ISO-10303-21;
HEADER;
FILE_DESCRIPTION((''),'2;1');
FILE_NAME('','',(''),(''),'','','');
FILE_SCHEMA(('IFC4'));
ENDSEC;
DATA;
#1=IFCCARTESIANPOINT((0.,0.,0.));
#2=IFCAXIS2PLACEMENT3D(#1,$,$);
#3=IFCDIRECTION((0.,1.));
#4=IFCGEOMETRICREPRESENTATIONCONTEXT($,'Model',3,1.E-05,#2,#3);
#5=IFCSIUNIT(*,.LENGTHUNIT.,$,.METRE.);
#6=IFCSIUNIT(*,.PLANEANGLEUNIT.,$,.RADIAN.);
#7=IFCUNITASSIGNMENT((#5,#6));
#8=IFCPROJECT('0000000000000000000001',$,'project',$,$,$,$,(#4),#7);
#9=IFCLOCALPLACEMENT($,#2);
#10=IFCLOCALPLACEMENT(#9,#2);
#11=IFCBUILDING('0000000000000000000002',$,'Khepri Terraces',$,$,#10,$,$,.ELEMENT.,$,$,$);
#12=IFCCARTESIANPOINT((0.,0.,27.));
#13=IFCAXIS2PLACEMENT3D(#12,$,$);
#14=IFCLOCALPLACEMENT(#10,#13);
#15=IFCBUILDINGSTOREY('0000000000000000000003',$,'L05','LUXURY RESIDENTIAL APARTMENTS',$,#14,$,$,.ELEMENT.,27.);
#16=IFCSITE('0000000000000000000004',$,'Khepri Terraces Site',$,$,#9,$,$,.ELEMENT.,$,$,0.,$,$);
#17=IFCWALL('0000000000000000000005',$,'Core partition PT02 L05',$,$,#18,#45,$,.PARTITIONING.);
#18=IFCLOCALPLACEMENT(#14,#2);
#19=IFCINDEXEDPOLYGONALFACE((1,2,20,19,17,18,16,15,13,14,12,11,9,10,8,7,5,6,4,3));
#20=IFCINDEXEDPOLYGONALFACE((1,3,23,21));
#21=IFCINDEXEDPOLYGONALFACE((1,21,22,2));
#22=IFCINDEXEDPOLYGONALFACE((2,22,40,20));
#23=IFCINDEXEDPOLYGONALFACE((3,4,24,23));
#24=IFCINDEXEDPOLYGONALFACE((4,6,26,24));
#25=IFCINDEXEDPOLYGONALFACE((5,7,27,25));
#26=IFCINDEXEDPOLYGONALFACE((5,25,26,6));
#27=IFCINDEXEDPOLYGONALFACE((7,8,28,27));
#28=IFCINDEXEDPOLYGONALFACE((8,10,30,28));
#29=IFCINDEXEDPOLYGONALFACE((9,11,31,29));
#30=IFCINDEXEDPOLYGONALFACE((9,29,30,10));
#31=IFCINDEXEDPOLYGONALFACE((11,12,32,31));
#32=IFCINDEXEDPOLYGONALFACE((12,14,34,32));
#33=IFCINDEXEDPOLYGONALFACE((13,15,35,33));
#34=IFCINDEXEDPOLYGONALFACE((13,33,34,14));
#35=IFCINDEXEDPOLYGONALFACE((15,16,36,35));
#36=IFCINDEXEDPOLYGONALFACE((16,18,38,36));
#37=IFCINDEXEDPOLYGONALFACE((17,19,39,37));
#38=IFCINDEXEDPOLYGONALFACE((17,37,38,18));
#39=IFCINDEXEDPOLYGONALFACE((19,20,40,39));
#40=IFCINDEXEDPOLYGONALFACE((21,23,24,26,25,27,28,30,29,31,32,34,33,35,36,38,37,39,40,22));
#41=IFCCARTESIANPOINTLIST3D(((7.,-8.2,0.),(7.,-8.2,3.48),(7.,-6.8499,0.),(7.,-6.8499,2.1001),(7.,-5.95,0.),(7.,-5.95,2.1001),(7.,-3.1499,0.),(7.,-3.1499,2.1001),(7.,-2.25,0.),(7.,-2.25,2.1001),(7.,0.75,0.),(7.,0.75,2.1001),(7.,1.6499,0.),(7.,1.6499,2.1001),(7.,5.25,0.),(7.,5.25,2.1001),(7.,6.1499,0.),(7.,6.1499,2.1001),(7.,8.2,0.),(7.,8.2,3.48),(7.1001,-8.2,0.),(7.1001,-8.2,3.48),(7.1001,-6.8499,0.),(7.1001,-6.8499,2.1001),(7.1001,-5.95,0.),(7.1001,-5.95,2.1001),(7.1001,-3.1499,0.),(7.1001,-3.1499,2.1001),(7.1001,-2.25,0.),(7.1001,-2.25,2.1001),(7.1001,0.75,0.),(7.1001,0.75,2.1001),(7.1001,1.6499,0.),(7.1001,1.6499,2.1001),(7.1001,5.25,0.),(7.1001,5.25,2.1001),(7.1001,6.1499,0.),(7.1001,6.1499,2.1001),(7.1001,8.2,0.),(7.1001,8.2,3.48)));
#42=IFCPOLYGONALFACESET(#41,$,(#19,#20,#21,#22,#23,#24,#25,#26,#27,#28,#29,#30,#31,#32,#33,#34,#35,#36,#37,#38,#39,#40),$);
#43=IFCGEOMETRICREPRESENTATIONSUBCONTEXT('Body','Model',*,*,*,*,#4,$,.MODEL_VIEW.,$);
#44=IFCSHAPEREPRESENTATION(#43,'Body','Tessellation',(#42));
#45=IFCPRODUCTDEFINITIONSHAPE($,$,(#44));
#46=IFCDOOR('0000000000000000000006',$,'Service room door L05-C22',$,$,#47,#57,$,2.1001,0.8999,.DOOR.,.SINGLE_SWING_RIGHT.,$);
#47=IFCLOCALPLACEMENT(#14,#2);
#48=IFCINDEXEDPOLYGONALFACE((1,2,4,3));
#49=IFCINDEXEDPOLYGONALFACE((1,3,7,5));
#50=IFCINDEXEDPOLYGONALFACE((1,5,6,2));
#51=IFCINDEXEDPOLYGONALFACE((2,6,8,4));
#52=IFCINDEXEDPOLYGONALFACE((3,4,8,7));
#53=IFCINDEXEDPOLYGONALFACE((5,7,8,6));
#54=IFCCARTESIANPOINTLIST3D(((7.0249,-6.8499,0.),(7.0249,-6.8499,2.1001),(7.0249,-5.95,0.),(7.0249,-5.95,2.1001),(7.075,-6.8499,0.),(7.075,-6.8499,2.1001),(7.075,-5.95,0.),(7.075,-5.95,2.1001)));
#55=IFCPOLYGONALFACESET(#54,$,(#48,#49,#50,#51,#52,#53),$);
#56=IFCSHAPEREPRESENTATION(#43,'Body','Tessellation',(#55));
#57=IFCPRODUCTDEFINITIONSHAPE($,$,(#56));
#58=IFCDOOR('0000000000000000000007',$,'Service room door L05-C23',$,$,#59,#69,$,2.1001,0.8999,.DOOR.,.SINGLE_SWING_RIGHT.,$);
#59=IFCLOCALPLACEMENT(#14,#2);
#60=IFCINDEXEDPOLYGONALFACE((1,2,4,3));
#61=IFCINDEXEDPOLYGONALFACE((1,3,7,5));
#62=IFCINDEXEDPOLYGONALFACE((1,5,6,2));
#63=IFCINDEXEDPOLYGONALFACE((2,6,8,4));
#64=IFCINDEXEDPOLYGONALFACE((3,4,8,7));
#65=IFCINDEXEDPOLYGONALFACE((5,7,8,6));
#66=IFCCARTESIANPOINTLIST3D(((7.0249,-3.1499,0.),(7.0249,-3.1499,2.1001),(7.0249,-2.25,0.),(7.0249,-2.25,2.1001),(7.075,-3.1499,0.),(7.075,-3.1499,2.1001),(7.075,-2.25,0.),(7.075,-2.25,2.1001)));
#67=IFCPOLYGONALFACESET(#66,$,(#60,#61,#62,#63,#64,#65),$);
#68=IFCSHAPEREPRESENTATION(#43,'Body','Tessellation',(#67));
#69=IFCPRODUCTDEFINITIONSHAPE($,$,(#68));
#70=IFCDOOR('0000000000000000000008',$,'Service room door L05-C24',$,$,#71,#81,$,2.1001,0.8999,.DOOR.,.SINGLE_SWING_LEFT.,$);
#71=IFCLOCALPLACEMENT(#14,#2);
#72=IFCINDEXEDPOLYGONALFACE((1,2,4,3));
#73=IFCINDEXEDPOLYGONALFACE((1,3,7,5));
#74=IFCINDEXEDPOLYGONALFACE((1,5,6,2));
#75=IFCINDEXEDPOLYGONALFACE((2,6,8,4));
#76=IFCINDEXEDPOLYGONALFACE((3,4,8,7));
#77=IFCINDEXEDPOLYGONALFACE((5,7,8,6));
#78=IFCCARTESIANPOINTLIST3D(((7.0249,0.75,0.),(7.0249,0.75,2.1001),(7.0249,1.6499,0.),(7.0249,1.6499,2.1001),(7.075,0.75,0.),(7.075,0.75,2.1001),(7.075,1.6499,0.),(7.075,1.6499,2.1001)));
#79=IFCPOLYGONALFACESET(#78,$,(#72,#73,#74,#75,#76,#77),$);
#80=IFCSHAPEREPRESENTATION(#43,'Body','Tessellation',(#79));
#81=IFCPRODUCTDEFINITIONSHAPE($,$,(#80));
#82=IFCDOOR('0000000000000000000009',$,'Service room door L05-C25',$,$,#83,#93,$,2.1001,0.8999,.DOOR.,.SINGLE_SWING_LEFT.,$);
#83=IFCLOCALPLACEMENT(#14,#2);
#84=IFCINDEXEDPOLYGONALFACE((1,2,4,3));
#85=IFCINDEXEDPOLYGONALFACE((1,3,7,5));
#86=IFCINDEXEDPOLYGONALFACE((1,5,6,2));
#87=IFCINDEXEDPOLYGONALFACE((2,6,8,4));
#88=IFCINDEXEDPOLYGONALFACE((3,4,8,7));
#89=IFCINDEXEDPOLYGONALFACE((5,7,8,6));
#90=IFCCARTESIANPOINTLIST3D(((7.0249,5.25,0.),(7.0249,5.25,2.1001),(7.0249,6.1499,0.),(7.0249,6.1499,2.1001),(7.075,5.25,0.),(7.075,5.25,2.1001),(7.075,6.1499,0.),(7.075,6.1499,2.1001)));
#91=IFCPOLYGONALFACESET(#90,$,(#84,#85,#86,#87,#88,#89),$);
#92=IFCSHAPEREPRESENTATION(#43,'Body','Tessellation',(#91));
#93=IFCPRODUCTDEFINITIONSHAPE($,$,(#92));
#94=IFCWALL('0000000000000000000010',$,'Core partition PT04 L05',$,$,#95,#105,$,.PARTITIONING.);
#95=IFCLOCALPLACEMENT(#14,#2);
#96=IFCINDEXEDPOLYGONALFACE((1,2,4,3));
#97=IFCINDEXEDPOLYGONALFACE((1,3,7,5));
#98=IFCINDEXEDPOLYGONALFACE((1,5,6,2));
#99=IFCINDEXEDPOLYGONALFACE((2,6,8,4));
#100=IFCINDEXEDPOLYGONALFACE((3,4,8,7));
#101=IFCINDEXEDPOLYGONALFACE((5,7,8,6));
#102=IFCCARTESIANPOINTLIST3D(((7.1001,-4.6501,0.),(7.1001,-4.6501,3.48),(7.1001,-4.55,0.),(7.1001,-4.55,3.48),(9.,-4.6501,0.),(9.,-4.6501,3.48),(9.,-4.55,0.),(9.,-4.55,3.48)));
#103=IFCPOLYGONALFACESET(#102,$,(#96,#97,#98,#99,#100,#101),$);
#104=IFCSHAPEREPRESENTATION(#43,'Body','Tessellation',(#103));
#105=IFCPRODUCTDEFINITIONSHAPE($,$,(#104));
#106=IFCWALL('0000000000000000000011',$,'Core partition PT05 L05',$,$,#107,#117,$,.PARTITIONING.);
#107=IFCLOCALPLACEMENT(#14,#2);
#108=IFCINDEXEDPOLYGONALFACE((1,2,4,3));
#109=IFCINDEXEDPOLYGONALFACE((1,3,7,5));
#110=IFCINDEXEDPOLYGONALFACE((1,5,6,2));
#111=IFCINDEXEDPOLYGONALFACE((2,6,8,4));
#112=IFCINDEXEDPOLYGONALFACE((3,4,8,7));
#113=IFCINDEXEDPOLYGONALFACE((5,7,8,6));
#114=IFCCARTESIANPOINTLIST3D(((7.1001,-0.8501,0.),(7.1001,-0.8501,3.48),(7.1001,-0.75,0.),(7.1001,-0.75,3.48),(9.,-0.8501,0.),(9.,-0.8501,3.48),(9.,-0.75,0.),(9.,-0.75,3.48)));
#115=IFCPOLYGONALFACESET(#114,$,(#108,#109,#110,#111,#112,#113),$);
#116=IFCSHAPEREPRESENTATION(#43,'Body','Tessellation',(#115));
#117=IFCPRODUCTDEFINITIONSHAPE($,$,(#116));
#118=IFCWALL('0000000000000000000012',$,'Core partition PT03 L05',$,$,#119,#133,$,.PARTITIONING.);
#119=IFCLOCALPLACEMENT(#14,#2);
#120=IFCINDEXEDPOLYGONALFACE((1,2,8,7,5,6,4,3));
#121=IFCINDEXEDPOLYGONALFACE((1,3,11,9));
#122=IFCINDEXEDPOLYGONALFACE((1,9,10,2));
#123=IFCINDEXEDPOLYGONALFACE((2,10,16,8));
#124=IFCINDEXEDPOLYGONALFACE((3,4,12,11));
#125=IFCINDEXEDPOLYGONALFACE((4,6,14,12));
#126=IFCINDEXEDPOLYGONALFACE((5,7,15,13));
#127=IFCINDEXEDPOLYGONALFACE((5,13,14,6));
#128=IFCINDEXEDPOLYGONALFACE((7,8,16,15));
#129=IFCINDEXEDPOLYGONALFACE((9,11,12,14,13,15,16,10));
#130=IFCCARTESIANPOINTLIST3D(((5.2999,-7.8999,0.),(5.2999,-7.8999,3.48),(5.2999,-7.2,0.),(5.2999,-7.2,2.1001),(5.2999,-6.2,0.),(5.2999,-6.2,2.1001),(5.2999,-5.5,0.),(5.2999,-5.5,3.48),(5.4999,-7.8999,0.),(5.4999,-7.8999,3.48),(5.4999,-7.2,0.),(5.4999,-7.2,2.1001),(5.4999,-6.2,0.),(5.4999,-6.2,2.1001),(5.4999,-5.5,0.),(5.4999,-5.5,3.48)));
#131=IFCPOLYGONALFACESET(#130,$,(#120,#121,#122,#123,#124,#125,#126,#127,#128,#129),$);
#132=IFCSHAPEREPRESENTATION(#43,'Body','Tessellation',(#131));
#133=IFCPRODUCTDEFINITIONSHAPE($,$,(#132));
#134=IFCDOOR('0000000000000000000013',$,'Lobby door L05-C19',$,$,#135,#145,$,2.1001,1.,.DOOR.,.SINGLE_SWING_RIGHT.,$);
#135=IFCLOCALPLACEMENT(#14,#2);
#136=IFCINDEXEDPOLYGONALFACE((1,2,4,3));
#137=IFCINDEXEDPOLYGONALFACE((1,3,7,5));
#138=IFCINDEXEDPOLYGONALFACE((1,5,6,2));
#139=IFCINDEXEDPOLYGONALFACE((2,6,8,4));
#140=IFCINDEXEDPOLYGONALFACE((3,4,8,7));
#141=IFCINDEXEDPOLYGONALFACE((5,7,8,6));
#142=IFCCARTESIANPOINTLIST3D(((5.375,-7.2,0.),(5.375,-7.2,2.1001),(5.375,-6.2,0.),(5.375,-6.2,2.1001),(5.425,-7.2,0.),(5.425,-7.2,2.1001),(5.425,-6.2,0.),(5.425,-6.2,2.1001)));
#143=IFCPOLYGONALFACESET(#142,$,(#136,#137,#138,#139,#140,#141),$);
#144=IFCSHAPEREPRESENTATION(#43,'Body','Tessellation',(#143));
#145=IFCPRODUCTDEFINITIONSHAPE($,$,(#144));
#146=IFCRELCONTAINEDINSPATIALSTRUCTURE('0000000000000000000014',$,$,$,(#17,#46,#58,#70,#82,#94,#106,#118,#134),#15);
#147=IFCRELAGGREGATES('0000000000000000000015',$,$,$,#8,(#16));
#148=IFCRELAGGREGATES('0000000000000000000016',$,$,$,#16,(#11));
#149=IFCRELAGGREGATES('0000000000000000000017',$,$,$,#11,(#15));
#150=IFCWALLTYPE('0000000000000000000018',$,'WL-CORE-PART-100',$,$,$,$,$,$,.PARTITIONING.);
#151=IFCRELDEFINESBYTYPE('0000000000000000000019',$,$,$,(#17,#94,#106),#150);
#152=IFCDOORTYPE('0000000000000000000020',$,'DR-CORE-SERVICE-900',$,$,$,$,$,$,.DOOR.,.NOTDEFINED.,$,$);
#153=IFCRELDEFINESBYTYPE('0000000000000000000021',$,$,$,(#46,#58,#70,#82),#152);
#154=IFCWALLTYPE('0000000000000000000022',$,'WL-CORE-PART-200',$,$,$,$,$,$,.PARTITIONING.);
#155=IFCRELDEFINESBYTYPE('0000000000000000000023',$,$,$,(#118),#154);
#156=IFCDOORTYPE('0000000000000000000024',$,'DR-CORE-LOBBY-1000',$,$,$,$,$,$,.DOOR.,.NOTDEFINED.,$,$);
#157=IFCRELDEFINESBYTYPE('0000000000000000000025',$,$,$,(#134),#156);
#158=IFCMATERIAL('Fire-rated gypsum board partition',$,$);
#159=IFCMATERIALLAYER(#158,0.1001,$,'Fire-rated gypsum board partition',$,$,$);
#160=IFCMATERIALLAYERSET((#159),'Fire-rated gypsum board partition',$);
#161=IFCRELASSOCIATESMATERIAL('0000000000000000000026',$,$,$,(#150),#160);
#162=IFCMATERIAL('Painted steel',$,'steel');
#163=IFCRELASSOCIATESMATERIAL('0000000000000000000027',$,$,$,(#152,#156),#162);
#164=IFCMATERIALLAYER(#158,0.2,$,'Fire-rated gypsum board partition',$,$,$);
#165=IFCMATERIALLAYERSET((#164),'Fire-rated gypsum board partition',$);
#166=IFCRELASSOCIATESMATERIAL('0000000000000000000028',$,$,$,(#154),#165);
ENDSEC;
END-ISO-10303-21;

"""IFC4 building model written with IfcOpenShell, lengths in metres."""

from ifc_helpers import new_model, si_unit, direction, frame, frame_2d, origin, place, context, subcontext, project, spatial, rectangle, extrude, material, layer, layer_set, type_object, element, fill, save


model = new_model("IFC4")

# Units and contexts
model_context = context("Model", 3, precision=1e-05, world=origin(), true_north=direction((0.0, 1.0)))
body_context = subcontext(model_context, "Body", "Model", "MODEL_VIEW")
ifc_project = project(units=[si_unit("LENGTHUNIT", "METRE"), si_unit("PLANEANGLEUNIT", "RADIAN")], contexts=[model_context])

# Site, building, storey
site_placement = place(None, origin())
site = spatial("IfcSite", under=ifc_project, at=site_placement, Name="Khepri Terraces Site", CompositionType="ELEMENT", RefElevation=0.0)
building_placement = place(site_placement, origin())
building = spatial("IfcBuilding", under=site, at=building_placement, Name="Khepri Terraces", CompositionType="ELEMENT")
storey_placement = place(building_placement, frame((0.0, 0.0, 27.0)))
storey = spatial("IfcBuildingStorey", under=building, at=storey_placement, Name="L05", Description="LUXURY RESIDENTIAL APARTMENTS", CompositionType="ELEMENT", Elevation=27.0)

# Shared definitions
ifc_material_1 = material(Name="Painted steel", Category="steel")

# Wall, openings, doors
ifc_material_2 = material(Name="Fire-rated gypsum board partition")
ifc_layer_1 = layer(ifc_material_2, 0.1001, Name="Fire-rated gypsum board partition")
ifc_layer_set_1 = layer_set([ifc_layer_1], Name="Fire-rated gypsum board partition")
wall_type_1 = type_object("IfcWallType", Name="WL-CORE-PART-100", PredefinedType="PARTITIONING", material=ifc_layer_set_1)
wall_1_placement = place(storey_placement, frame((7.05, -8.2, 0.0), z_axis=(0.0, 0.0, 1.0), x_axis=(0.0, 1.0, 0.0)))
wall_1 = element("IfcWall", 1, at=wall_1_placement, inside=storey, type_object=wall_type_1, Name="Core partition PT02 L05", PredefinedType="PARTITIONING", context=body_context, shape_type="SweptSolid", body=[
    extrude(rectangle(XDim=16.3999, YDim=0.1001, at=frame_2d((8.2, 0.0))), origin(), (0.0, 0.0, 1.0), 3.48),
])
opening_1_placement = place(wall_1_placement, frame((1.3501, 0.0, 0.0)))
opening_1 = element("IfcOpeningElement", 2, at=opening_1_placement, cuts=wall_1, PredefinedType="OPENING", context=body_context, shape_type="SweptSolid", body=[
    extrude(rectangle(XDim=0.8999, YDim=2.1001, at=frame_2d((0.45, 1.05))), frame((0.0, 0.0601, 0.0), z_axis=(0.0, -1.0, 0.0), x_axis=(1.0, 0.0, 0.0)), (0.0, 0.0, 1.0), 0.1201),
])
opening_2_placement = place(wall_1_placement, frame((5.05, 0.0, 0.0)))
opening_2 = element("IfcOpeningElement", 3, at=opening_2_placement, cuts=wall_1, PredefinedType="OPENING", context=body_context, shape_type="SweptSolid", body=[
    extrude(rectangle(XDim=0.8999, YDim=2.1001, at=frame_2d((0.45, 1.05))), frame((0.0, 0.0601, 0.0), z_axis=(0.0, -1.0, 0.0), x_axis=(1.0, 0.0, 0.0)), (0.0, 0.0, 1.0), 0.1201),
])
opening_3_placement = place(wall_1_placement, frame((8.95, 0.0, 0.0)))
opening_3 = element("IfcOpeningElement", 4, at=opening_3_placement, cuts=wall_1, PredefinedType="OPENING", context=body_context, shape_type="SweptSolid", body=[
    extrude(rectangle(XDim=0.8999, YDim=2.1001, at=frame_2d((0.45, 1.05))), frame((0.0, 0.0601, 0.0), z_axis=(0.0, -1.0, 0.0), x_axis=(1.0, 0.0, 0.0)), (0.0, 0.0, 1.0), 0.1201),
])
opening_4_placement = place(wall_1_placement, frame((13.45, 0.0, 0.0)))
opening_4 = element("IfcOpeningElement", 5, at=opening_4_placement, cuts=wall_1, PredefinedType="OPENING", context=body_context, shape_type="SweptSolid", body=[
    extrude(rectangle(XDim=0.8999, YDim=2.1001, at=frame_2d((0.45, 1.05))), frame((0.0, 0.0601, 0.0), z_axis=(0.0, -1.0, 0.0), x_axis=(1.0, 0.0, 0.0)), (0.0, 0.0, 1.0), 0.1201),
])
door_type_1 = type_object("IfcDoorType", Name="DR-CORE-SERVICE-900", OperationType="NOTDEFINED", PredefinedType="DOOR", material=ifc_material_1)
door_1_placement = place(opening_1_placement, frame((0.8999, 0.0, 0.0), z_axis=(0.0, 0.0, 1.0), x_axis=(-1.0, 0.0, 0.0)))
door_1 = element("IfcDoor", 6, at=door_1_placement, inside=storey, type_object=door_type_1, Name="Service room door L05-C22", OperationType="SINGLE_SWING_RIGHT", OverallHeight=2.1001, OverallWidth=0.8999, PredefinedType="DOOR", context=body_context, shape_type="SweptSolid", body=[
    extrude(rectangle(XDim=0.8999, YDim=2.1001, at=frame_2d((0.45, 1.05))), frame((0.0, 0.0249, 0.0), z_axis=(0.0, -1.0, 0.0), x_axis=(1.0, 0.0, 0.0)), (0.0, 0.0, 1.0), 0.05),
])
fill(opening_1, door_1)
door_2_placement = place(opening_2_placement, frame((0.8999, 0.0, 0.0), z_axis=(0.0, 0.0, 1.0), x_axis=(-1.0, 0.0, 0.0)))
door_2 = element("IfcDoor", 7, at=door_2_placement, inside=storey, type_object=door_type_1, Name="Service room door L05-C23", OperationType="SINGLE_SWING_RIGHT", OverallHeight=2.1001, OverallWidth=0.8999, PredefinedType="DOOR", context=body_context, shape_type="SweptSolid", body=[
    extrude(rectangle(XDim=0.8999, YDim=2.1001, at=frame_2d((0.45, 1.05))), frame((0.0, 0.0249, 0.0), z_axis=(0.0, -1.0, 0.0), x_axis=(1.0, 0.0, 0.0)), (0.0, 0.0, 1.0), 0.05),
])
fill(opening_2, door_2)
door_3_placement = place(opening_3_placement, frame((0.8999, 0.0, 0.0), z_axis=(0.0, 0.0, 1.0), x_axis=(-1.0, 0.0, 0.0)))
door_3 = element("IfcDoor", 8, at=door_3_placement, inside=storey, type_object=door_type_1, Name="Service room door L05-C24", OperationType="SINGLE_SWING_LEFT", OverallHeight=2.1001, OverallWidth=0.8999, PredefinedType="DOOR", context=body_context, shape_type="SweptSolid", body=[
    extrude(rectangle(XDim=0.8999, YDim=2.1001, at=frame_2d((0.45, 1.05))), frame((0.0, 0.0249, 0.0), z_axis=(0.0, -1.0, 0.0), x_axis=(1.0, 0.0, 0.0)), (0.0, 0.0, 1.0), 0.05),
])
fill(opening_3, door_3)
door_4_placement = place(opening_4_placement, frame((0.8999, 0.0, 0.0), z_axis=(0.0, 0.0, 1.0), x_axis=(-1.0, 0.0, 0.0)))
door_4 = element("IfcDoor", 9, at=door_4_placement, inside=storey, type_object=door_type_1, Name="Service room door L05-C25", OperationType="SINGLE_SWING_LEFT", OverallHeight=2.1001, OverallWidth=0.8999, PredefinedType="DOOR", context=body_context, shape_type="SweptSolid", body=[
    extrude(rectangle(XDim=0.8999, YDim=2.1001, at=frame_2d((0.45, 1.05))), frame((0.0, 0.0249, 0.0), z_axis=(0.0, -1.0, 0.0), x_axis=(1.0, 0.0, 0.0)), (0.0, 0.0, 1.0), 0.05),
])
fill(opening_4, door_4)

# Walls
for number, where, z_axis, x_axis, name in (
    (10, (7.1001, -4.6001, 0.0), (0.0, 0.0, 1.0), (1.0, 0.0, 0.0), "Core partition PT04 L05"),
    (11, (7.1001, -0.8, 0.0), (0.0, 0.0, 1.0), (1.0, 0.0, 0.0), "Core partition PT05 L05"),
):
    element("IfcWall", number, at=place(storey_placement, frame(where, z_axis=z_axis, x_axis=x_axis)), inside=storey, type_object=wall_type_1, Name=name, PredefinedType="PARTITIONING", context=body_context, shape_type="SweptSolid", body=[
        extrude(rectangle(XDim=1.8999, YDim=0.1001, at=frame_2d((0.95, 0.0))), origin(), (0.0, 0.0, 1.0), 3.48),
    ])

# Wall, opening, door
ifc_layer_2 = layer(ifc_material_2, 0.2, Name="Fire-rated gypsum board partition")
ifc_layer_set_2 = layer_set([ifc_layer_2], Name="Fire-rated gypsum board partition")
wall_type_2 = type_object("IfcWallType", Name="WL-CORE-PART-200", PredefinedType="PARTITIONING", material=ifc_layer_set_2)
wall_2_placement = place(storey_placement, frame((5.3999, -7.8999, 0.0), z_axis=(0.0, 0.0, 1.0), x_axis=(0.0, 1.0, 0.0)))
wall_2 = element("IfcWall", 12, at=wall_2_placement, inside=storey, type_object=wall_type_2, Name="Core partition PT03 L05", PredefinedType="PARTITIONING", context=body_context, shape_type="SweptSolid", body=[
    extrude(rectangle(XDim=2.3999, YDim=0.2, at=frame_2d((1.2, 0.0))), origin(), (0.0, 0.0, 1.0), 3.48),
])
opening_5_placement = place(wall_2_placement, frame((0.7, 0.0, 0.0)))
opening_5 = element("IfcOpeningElement", 13, at=opening_5_placement, cuts=wall_2, PredefinedType="OPENING", context=body_context, shape_type="SweptSolid", body=[
    extrude(rectangle(XDim=1.0, YDim=2.1001, at=frame_2d((0.5, 1.05))), frame((0.0, 0.1099, 0.0), z_axis=(0.0, -1.0, 0.0), x_axis=(1.0, 0.0, 0.0)), (0.0, 0.0, 1.0), 0.22),
])
door_type_2 = type_object("IfcDoorType", Name="DR-CORE-LOBBY-1000", OperationType="NOTDEFINED", PredefinedType="DOOR", material=ifc_material_1)
door_5_placement = place(opening_5_placement, origin())
door_5 = element("IfcDoor", 14, at=door_5_placement, inside=storey, type_object=door_type_2, Name="Lobby door L05-C19", OperationType="SINGLE_SWING_RIGHT", OverallHeight=2.1001, OverallWidth=1.0, PredefinedType="DOOR", context=body_context, shape_type="SweptSolid", body=[
    extrude(rectangle(XDim=1.0, YDim=2.1001, at=frame_2d((0.5, 1.05))), frame((0.0, 0.0249, 0.0), z_axis=(0.0, -1.0, 0.0), x_axis=(1.0, 0.0, 0.0)), (0.0, 0.0, 1.0), 0.05),
])
fill(opening_5, door_5)

save(model, "model.ifc")
